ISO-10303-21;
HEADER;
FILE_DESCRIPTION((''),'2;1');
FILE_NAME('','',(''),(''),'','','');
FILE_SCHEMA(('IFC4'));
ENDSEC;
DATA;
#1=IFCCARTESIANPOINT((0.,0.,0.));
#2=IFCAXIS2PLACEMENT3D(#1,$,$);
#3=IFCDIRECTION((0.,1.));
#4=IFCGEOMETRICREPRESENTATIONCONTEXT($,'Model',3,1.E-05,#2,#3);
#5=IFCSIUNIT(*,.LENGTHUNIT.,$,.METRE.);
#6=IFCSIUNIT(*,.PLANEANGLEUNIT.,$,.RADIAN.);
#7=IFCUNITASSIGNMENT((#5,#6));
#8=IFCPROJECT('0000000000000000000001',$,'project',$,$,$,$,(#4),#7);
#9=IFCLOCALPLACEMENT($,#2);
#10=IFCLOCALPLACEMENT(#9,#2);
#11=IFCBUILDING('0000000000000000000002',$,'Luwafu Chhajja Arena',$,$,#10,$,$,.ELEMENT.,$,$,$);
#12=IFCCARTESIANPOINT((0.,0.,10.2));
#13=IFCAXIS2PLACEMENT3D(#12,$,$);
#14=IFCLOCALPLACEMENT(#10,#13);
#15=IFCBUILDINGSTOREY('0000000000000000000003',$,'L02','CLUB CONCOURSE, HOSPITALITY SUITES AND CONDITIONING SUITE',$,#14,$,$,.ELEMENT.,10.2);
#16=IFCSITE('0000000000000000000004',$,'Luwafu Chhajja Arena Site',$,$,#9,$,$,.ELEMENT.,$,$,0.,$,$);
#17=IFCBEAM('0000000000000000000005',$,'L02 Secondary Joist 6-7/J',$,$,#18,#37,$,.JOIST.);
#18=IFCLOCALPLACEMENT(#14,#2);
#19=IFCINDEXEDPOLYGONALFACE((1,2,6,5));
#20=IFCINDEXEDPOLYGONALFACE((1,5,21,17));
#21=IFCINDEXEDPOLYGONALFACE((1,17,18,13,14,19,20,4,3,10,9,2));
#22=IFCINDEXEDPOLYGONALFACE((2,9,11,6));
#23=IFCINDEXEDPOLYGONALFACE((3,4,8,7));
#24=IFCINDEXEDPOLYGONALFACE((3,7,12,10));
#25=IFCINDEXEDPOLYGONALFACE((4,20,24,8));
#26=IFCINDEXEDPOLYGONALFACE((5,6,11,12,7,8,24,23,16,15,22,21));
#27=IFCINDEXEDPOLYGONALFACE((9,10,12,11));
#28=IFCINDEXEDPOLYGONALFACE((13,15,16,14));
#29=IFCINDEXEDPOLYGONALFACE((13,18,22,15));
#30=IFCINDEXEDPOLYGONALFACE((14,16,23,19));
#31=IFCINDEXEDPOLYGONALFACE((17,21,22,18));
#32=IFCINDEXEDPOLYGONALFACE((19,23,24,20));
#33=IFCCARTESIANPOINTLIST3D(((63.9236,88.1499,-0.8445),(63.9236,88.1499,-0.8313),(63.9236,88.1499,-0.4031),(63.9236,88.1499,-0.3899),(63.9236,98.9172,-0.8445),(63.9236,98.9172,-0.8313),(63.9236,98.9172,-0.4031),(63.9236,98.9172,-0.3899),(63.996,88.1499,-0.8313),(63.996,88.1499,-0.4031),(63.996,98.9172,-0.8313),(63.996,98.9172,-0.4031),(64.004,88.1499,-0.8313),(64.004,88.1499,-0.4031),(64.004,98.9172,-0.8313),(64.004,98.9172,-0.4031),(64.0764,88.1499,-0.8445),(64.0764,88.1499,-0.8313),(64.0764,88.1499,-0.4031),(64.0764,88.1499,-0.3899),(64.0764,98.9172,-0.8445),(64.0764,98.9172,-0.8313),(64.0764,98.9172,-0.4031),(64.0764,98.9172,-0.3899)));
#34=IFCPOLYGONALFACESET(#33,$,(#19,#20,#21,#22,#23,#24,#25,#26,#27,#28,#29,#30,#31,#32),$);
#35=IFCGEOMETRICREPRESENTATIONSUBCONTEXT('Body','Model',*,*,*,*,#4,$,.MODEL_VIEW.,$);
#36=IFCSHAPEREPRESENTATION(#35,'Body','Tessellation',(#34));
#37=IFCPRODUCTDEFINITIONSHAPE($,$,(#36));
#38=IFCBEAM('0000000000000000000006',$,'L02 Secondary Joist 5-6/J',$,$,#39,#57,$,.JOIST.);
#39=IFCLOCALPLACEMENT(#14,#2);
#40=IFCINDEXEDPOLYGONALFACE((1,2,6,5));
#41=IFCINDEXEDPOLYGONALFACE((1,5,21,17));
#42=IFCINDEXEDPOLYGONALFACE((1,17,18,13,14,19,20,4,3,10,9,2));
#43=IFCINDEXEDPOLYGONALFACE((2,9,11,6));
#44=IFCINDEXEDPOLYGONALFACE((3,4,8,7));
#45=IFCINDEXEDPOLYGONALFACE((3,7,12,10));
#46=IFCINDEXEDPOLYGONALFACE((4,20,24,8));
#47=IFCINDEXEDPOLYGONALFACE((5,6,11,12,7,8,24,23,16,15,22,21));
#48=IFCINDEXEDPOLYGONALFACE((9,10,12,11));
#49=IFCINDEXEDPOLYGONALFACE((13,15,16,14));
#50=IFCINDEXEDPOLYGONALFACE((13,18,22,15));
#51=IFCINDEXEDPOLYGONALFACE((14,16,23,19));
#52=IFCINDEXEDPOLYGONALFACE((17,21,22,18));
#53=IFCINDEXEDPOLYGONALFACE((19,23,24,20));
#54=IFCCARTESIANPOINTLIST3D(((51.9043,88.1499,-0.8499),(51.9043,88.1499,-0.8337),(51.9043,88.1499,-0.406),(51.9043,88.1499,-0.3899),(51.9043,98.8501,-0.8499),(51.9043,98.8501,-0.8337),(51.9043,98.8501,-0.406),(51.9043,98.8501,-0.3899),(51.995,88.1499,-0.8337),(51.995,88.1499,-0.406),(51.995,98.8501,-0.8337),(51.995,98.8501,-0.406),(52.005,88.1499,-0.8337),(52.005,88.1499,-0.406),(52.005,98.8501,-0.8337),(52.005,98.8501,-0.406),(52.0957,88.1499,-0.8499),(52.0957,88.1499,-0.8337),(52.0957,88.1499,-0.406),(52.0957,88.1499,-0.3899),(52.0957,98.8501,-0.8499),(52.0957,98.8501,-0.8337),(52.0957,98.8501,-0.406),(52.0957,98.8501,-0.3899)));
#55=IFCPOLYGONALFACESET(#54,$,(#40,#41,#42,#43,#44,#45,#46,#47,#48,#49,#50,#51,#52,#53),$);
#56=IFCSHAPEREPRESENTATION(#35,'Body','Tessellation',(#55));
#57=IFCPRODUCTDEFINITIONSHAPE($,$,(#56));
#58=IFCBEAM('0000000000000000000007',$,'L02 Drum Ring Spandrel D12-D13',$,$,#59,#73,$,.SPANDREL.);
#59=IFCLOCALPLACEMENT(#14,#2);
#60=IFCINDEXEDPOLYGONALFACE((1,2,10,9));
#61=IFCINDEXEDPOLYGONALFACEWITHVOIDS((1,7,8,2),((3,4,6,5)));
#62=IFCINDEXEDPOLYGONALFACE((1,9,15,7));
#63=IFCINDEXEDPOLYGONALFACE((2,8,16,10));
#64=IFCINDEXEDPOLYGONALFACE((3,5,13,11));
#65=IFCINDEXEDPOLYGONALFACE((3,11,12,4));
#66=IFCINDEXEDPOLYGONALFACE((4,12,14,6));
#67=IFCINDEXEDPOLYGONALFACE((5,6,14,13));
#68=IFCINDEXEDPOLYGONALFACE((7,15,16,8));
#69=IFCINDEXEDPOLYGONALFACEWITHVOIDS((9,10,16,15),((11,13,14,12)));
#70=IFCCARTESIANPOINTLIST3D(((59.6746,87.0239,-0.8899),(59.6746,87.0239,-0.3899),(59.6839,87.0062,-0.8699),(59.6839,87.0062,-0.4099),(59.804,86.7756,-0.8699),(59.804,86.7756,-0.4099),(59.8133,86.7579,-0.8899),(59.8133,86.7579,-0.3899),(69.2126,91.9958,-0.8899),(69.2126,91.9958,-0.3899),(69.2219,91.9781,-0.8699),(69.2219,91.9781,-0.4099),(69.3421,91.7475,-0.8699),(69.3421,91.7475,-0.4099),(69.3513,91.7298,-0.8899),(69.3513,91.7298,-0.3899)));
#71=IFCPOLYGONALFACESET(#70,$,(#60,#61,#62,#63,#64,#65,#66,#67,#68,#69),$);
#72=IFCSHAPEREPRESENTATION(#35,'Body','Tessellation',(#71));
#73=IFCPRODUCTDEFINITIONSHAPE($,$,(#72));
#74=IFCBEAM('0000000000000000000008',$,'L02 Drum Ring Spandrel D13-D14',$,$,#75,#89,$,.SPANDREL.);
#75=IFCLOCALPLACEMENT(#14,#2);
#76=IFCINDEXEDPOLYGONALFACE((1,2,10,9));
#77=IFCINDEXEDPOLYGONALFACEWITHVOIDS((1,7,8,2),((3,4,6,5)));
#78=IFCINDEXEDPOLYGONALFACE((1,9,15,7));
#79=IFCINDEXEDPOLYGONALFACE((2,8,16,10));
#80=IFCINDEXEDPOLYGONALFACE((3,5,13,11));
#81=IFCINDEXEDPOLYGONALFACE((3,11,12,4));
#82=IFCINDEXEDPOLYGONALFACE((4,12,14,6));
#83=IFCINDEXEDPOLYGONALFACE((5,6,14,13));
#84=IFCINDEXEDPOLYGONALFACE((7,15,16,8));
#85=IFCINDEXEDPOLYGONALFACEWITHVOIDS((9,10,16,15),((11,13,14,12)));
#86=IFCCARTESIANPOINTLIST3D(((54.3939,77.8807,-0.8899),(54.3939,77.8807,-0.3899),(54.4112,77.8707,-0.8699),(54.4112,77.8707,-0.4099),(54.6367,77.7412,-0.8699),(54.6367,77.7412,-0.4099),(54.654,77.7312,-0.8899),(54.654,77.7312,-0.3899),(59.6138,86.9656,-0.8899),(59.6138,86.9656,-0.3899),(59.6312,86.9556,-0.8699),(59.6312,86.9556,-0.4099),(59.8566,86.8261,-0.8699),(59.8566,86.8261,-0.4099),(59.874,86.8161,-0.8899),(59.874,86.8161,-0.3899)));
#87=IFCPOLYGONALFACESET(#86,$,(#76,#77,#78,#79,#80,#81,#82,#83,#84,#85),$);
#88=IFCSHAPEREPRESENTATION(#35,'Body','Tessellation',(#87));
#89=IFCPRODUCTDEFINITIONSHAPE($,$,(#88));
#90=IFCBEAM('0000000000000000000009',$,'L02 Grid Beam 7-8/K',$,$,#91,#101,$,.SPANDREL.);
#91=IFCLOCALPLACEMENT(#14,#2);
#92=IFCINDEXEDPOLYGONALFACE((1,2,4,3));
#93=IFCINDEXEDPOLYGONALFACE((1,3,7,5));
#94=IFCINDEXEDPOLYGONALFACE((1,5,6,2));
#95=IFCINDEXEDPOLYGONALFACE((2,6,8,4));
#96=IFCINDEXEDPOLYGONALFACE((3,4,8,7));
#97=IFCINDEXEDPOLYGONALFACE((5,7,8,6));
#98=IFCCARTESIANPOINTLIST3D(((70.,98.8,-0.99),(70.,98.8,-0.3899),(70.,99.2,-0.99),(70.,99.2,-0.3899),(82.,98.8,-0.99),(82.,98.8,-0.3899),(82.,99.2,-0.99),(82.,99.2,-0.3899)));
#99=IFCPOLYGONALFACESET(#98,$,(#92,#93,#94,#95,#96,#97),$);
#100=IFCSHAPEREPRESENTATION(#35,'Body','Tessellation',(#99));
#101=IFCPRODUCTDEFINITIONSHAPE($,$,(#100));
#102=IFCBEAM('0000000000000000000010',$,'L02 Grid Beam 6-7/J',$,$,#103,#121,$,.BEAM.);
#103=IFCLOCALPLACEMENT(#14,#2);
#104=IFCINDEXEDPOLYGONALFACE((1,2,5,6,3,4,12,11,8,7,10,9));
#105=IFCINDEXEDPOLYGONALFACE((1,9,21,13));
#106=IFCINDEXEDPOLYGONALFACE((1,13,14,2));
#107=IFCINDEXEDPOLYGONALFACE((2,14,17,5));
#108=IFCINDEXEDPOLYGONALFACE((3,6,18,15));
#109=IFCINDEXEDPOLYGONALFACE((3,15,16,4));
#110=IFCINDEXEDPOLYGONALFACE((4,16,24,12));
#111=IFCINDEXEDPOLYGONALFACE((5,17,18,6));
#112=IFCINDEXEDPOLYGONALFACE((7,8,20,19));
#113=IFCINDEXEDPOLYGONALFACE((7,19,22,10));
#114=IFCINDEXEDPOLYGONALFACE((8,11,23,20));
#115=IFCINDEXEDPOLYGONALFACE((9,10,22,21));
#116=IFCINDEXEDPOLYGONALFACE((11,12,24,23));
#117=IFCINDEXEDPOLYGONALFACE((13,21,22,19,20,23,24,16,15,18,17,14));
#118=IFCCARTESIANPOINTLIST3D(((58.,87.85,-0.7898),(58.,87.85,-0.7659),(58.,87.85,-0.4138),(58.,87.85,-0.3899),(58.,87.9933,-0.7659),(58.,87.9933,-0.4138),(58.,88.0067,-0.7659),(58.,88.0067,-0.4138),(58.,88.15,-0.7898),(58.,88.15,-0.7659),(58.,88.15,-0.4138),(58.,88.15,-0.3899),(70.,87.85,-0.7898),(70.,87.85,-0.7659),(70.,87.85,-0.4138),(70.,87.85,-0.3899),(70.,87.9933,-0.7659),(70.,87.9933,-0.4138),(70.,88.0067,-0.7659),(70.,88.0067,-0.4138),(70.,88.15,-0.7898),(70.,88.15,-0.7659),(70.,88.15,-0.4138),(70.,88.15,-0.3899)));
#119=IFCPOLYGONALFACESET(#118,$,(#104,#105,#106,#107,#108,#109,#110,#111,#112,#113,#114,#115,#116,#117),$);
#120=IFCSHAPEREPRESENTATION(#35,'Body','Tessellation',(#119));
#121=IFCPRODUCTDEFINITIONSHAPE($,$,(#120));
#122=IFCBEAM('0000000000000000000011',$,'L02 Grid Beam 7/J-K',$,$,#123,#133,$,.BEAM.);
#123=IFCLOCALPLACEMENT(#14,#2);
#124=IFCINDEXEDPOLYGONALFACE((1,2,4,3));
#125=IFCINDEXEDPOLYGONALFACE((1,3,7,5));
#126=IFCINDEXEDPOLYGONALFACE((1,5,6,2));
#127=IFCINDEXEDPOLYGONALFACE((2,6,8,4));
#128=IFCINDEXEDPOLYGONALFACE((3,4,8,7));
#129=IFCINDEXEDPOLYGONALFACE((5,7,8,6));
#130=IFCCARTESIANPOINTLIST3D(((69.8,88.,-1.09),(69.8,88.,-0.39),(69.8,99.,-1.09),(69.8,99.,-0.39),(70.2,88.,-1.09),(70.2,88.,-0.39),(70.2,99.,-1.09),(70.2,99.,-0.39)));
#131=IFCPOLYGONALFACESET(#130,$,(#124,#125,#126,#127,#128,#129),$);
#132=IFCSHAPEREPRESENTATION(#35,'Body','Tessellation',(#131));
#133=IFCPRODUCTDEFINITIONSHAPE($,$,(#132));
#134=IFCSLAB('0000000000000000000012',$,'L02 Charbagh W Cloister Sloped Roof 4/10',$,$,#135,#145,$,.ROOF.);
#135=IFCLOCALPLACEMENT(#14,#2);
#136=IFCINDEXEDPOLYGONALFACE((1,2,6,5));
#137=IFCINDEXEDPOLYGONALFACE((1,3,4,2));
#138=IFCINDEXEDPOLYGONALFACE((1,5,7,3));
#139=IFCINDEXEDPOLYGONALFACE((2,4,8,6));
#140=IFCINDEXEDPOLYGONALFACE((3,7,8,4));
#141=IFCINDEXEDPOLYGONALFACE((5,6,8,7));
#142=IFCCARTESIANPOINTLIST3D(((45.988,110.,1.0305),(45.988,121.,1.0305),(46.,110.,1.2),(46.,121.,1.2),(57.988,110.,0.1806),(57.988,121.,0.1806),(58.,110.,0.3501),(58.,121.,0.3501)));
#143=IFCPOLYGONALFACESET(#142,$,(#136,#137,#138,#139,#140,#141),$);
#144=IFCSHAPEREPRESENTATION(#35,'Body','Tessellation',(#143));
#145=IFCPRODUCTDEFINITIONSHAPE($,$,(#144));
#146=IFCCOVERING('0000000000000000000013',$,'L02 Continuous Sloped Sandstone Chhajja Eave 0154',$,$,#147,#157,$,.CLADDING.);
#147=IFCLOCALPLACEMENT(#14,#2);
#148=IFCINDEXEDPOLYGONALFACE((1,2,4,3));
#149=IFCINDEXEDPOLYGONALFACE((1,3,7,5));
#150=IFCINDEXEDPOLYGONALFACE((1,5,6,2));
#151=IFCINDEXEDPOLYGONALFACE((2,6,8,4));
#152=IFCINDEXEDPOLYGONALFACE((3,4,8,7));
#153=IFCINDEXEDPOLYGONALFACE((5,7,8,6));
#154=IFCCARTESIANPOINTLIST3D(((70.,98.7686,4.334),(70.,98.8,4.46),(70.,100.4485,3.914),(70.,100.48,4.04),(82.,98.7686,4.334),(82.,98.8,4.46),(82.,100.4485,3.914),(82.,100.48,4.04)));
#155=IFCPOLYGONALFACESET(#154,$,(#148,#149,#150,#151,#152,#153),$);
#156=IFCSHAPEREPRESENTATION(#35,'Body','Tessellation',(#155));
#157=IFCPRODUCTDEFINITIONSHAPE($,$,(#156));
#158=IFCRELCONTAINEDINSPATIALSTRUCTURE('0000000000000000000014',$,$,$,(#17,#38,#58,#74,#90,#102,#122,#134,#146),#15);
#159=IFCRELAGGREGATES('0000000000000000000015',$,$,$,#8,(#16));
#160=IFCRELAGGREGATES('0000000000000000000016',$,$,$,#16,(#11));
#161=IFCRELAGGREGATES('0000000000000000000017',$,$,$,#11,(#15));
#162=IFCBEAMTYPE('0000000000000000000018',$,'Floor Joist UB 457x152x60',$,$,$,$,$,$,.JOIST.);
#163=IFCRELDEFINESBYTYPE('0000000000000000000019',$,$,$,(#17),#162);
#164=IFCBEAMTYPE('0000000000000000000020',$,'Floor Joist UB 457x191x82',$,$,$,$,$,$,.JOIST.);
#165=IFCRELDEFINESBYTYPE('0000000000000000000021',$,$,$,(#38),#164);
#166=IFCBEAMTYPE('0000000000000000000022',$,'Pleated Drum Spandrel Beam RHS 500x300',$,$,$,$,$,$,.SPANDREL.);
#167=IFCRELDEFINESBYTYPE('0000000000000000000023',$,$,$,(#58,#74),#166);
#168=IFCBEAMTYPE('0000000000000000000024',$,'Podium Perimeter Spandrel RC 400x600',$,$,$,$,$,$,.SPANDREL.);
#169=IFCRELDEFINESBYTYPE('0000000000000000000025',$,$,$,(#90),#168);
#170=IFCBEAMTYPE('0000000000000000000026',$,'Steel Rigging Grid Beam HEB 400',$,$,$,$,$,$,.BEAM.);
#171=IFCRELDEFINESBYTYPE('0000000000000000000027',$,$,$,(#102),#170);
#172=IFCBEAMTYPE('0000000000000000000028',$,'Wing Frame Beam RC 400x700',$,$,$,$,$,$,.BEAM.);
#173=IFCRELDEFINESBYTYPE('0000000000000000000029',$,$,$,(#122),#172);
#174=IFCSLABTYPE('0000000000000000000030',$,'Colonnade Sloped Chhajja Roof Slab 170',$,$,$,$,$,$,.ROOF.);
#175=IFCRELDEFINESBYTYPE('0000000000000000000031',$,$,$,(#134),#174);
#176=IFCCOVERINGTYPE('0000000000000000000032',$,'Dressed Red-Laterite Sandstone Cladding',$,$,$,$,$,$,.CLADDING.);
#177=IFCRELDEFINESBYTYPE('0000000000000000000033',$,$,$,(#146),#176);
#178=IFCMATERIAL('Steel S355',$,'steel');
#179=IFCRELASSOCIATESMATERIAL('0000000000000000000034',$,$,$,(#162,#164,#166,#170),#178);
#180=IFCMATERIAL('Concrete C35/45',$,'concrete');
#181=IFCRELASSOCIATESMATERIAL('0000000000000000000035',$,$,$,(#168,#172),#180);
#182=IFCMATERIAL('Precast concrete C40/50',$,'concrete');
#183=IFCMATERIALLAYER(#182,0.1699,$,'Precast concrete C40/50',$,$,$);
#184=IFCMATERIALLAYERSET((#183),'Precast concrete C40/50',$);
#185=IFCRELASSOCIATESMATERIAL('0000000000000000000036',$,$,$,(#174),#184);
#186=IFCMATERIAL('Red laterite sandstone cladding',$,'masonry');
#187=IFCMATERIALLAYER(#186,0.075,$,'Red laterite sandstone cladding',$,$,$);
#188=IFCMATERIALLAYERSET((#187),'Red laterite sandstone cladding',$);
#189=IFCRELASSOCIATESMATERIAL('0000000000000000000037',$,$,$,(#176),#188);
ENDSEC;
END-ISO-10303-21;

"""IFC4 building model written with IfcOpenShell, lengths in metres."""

from ifc_helpers import new_model, si_unit, direction, frame, origin, origin_2d, place, context, subcontext, project, spatial, polyline, rectangle, hollow_rectangle, i_section, outline, extrude, material, layer, layer_set, material_profile, profile_set, type_object, element, save


model = new_model("IFC4")

# Units and contexts
model_context = context("Model", 3, precision=1e-05, world=origin(), true_north=direction((0.0, 1.0)))
body_context = subcontext(model_context, "Body", "Model", "MODEL_VIEW")
ifc_project = project(units=[si_unit("LENGTHUNIT", "METRE"), si_unit("PLANEANGLEUNIT", "RADIAN")], contexts=[model_context])

# Site, building, storey
site_placement = place(None, origin())
site = spatial("IfcSite", under=ifc_project, at=site_placement, Name="Luwafu Chhajja Arena Site", CompositionType="ELEMENT", RefElevation=0.0)
building_placement = place(site_placement, origin())
building = spatial("IfcBuilding", under=site, at=building_placement, Name="Luwafu Chhajja Arena", CompositionType="ELEMENT")
storey_placement = place(building_placement, frame((0.0, 0.0, 10.2)))
storey = spatial("IfcBuildingStorey", under=building, at=storey_placement, Name="L02", Description="CLUB CONCOURSE, HOSPITALITY SUITES AND CONDITIONING SUITE", CompositionType="ELEMENT", Elevation=10.2)

# Shared definitions
ifc_material_1 = material(Name="Steel S355", Category="steel")
ifc_material_2 = material(Name="Concrete C35/45", Category="concrete")

# Beams
ifc_material_profile_1 = material_profile(ifc_material_1, i_section(OverallWidth=0.1528, OverallDepth=0.4546, WebThickness=0.0081, FlangeThickness=0.0132, at=origin_2d()), Name="UB 457x152x60")
ifc_profile_set_1 = profile_set([ifc_material_profile_1], Name="Steel S355")
beam_type_1 = type_object("IfcBeamType", Name="Floor Joist UB 457x152x60", PredefinedType="JOIST", material=ifc_profile_set_1)
beam_1_placement = place(storey_placement, frame((64.0, 88.1499, -0.6172), z_axis=(0.0, 1.0, 0.0), x_axis=(-1.0, 0.0, 0.0)))
element("IfcBeam", 1, at=beam_1_placement, inside=storey, type_object=beam_type_1, Name="L02 Secondary Joist 6-7/J", PredefinedType="JOIST", context=body_context, shape_type="SweptSolid", body=[
    extrude(i_section(OverallWidth=0.1528, OverallDepth=0.4546, WebThickness=0.0081, FlangeThickness=0.0132, at=origin_2d()), origin(), (0.0, 0.0, 1.0), 10.7673),
])
ifc_material_profile_2 = material_profile(ifc_material_1, i_section(OverallWidth=0.1914, OverallDepth=0.46, WebThickness=0.01, FlangeThickness=0.0161, at=origin_2d()), Name="UB 457x191x82")
ifc_profile_set_2 = profile_set([ifc_material_profile_2], Name="Steel S355")
beam_type_2 = type_object("IfcBeamType", Name="Floor Joist UB 457x191x82", PredefinedType="JOIST", material=ifc_profile_set_2)
beam_2_placement = place(storey_placement, frame((52.0, 88.1499, -0.6199), z_axis=(0.0, 1.0, 0.0), x_axis=(-1.0, 0.0, 0.0)))
element("IfcBeam", 2, at=beam_2_placement, inside=storey, type_object=beam_type_2, Name="L02 Secondary Joist 5-6/J", PredefinedType="JOIST", context=body_context, shape_type="SweptSolid", body=[
    extrude(i_section(OverallWidth=0.1914, OverallDepth=0.46, WebThickness=0.01, FlangeThickness=0.0161, at=origin_2d()), origin(), (0.0, 0.0, 1.0), 10.7002),
])
ifc_material_profile_3 = material_profile(ifc_material_1, hollow_rectangle(XDim=0.3, YDim=0.5, WallThickness=0.02, at=origin_2d()), Name="RHS 500x300x20")
ifc_profile_set_3 = profile_set([ifc_material_profile_3], Name="Steel S355")
beam_type_3 = type_object("IfcBeamType", Name="Pleated Drum Spandrel Beam RHS 500x300", PredefinedType="SPANDREL", material=ifc_profile_set_3)
beam_3_placement = place(storey_placement, frame((69.282, 91.8628, -0.6399), z_axis=(-0.886755, -0.462239, 0.0), x_axis=(0.462239, -0.886755, 0.0)))
element("IfcBeam", 3, at=beam_3_placement, inside=storey, type_object=beam_type_3, Name="L02 Drum Ring Spandrel D12-D13", PredefinedType="SPANDREL", context=body_context, shape_type="SweptSolid", body=[
    extrude(hollow_rectangle(XDim=0.3, YDim=0.5, WallThickness=0.02, at=origin_2d()), origin(), (0.0, 0.0, 1.0), 10.7561),
])
beam_4_placement = place(storey_placement, frame((59.7439, 86.8909, -0.6399), z_axis=(-0.498193, -0.867066, 0.0), x_axis=(0.867066, -0.498193, 0.0)))
element("IfcBeam", 4, at=beam_4_placement, inside=storey, type_object=beam_type_3, Name="L02 Drum Ring Spandrel D13-D14", PredefinedType="SPANDREL", context=body_context, shape_type="SweptSolid", body=[
    extrude(hollow_rectangle(XDim=0.3, YDim=0.5, WallThickness=0.02, at=origin_2d()), origin(), (0.0, 0.0, 1.0), 10.4778),
])
ifc_material_profile_4 = material_profile(ifc_material_2, rectangle(XDim=0.3999, YDim=0.6001, at=origin_2d()), Name="RC 400x600")
ifc_profile_set_4 = profile_set([ifc_material_profile_4], Name="Concrete C35/45")
beam_type_4 = type_object("IfcBeamType", Name="Podium Perimeter Spandrel RC 400x600", PredefinedType="SPANDREL", material=ifc_profile_set_4)
beam_5_placement = place(storey_placement, frame((70.0, 99.0, -0.6899), z_axis=(1.0, 0.0, 0.0), x_axis=(0.0, 1.0, 0.0)))
element("IfcBeam", 5, at=beam_5_placement, inside=storey, type_object=beam_type_4, Name="L02 Grid Beam 7-8/K", PredefinedType="SPANDREL", context=body_context, shape_type="SweptSolid", body=[
    extrude(rectangle(XDim=0.3999, YDim=0.6001, at=origin_2d()), origin(), (0.0, 0.0, 1.0), 12.0),
])
ifc_material_profile_5 = material_profile(ifc_material_1, i_section(OverallWidth=0.3, OverallDepth=0.3999, WebThickness=0.0134, FlangeThickness=0.0239, at=origin_2d()), Name="HEB 400")
ifc_profile_set_5 = profile_set([ifc_material_profile_5], Name="Steel S355")
beam_type_5 = type_object("IfcBeamType", Name="Steel Rigging Grid Beam HEB 400", PredefinedType="BEAM", material=ifc_profile_set_5)
beam_6_placement = place(storey_placement, frame((58.0, 88.0, -0.5898), z_axis=(1.0, 0.0, 0.0), x_axis=(0.0, 1.0, 0.0)))
element("IfcBeam", 6, at=beam_6_placement, inside=storey, type_object=beam_type_5, Name="L02 Grid Beam 6-7/J", PredefinedType="BEAM", context=body_context, shape_type="SweptSolid", body=[
    extrude(i_section(OverallWidth=0.3, OverallDepth=0.3999, WebThickness=0.0134, FlangeThickness=0.0239, at=origin_2d()), origin(), (0.0, 0.0, 1.0), 12.0),
])
ifc_material_profile_6 = material_profile(ifc_material_2, rectangle(XDim=0.3999, YDim=0.7, at=origin_2d()), Name="RC 400x700")
ifc_profile_set_6 = profile_set([ifc_material_profile_6], Name="Concrete C35/45")
beam_type_6 = type_object("IfcBeamType", Name="Wing Frame Beam RC 400x700", PredefinedType="BEAM", material=ifc_profile_set_6)
beam_7_placement = place(storey_placement, frame((70.0, 88.0, -0.74), z_axis=(0.0, 1.0, 0.0), x_axis=(-1.0, 0.0, 0.0)))
element("IfcBeam", 7, at=beam_7_placement, inside=storey, type_object=beam_type_6, Name="L02 Grid Beam 7/J-K", PredefinedType="BEAM", context=body_context, shape_type="SweptSolid", body=[
    extrude(rectangle(XDim=0.3999, YDim=0.7, at=origin_2d()), origin(), (0.0, 0.0, 1.0), 11.0),
])

# Slab
ifc_material_3 = material(Name="Precast concrete C40/50", Category="concrete")
ifc_layer_1 = layer(ifc_material_3, 0.1699, Name="Precast concrete C40/50")
ifc_layer_set_1 = layer_set([ifc_layer_1], Name="Precast concrete C40/50")
slab_type = type_object("IfcSlabType", Name="Colonnade Sloped Chhajja Roof Slab 170", PredefinedType="ROOF", material=ifc_layer_set_1)
slab_placement = place(storey_placement, frame((46.0, 110.0, 1.2), z_axis=(0.070644, 0.0, 0.997502), x_axis=(0.0, 1.0, 0.0)))
element("IfcSlab", 8, at=slab_placement, inside=storey, type_object=slab_type, Name="L02 Charbagh W Cloister Sloped Roof 4/10", PredefinedType="ROOF", context=body_context, shape_type="SweptSolid", body=[
    extrude(outline(polyline([(0.0, 0.0), (11.0, 0.0), (11.0, -12.0301), (0.0, -12.0301), (0.0, 0.0)])), origin(), (0.0, 0.0, -1.0), 0.1699),
])

# Covering
ifc_material_4 = material(Name="Red laterite sandstone cladding", Category="masonry")
ifc_layer_2 = layer(ifc_material_4, 0.075, Name="Red laterite sandstone cladding")
ifc_layer_set_2 = layer_set([ifc_layer_2], Name="Red laterite sandstone cladding")
covering_type = type_object("IfcCoveringType", Name="Dressed Red-Laterite Sandstone Cladding", PredefinedType="CLADDING", material=ifc_layer_set_2)
covering_placement = place(storey_placement, frame((70.0, 98.8, 4.46), z_axis=(0.0, 0.242502, 0.970151), x_axis=(1.0, 0.0, 0.0)))
element("IfcCovering", 9, at=covering_placement, inside=storey, type_object=covering_type, Name="L02 Continuous Sloped Sandstone Chhajja Eave 0154", PredefinedType="CLADDING", context=body_context, shape_type="SweptSolid", body=[
    extrude(outline(polyline([(0.0, 0.0), (12.0, 0.0), (12.0, 1.7316), (0.0, 1.7316), (0.0, 0.0)])), origin(), (0.0, 0.0, -1.0), 0.1299),
])

save(model, "model.ifc")
